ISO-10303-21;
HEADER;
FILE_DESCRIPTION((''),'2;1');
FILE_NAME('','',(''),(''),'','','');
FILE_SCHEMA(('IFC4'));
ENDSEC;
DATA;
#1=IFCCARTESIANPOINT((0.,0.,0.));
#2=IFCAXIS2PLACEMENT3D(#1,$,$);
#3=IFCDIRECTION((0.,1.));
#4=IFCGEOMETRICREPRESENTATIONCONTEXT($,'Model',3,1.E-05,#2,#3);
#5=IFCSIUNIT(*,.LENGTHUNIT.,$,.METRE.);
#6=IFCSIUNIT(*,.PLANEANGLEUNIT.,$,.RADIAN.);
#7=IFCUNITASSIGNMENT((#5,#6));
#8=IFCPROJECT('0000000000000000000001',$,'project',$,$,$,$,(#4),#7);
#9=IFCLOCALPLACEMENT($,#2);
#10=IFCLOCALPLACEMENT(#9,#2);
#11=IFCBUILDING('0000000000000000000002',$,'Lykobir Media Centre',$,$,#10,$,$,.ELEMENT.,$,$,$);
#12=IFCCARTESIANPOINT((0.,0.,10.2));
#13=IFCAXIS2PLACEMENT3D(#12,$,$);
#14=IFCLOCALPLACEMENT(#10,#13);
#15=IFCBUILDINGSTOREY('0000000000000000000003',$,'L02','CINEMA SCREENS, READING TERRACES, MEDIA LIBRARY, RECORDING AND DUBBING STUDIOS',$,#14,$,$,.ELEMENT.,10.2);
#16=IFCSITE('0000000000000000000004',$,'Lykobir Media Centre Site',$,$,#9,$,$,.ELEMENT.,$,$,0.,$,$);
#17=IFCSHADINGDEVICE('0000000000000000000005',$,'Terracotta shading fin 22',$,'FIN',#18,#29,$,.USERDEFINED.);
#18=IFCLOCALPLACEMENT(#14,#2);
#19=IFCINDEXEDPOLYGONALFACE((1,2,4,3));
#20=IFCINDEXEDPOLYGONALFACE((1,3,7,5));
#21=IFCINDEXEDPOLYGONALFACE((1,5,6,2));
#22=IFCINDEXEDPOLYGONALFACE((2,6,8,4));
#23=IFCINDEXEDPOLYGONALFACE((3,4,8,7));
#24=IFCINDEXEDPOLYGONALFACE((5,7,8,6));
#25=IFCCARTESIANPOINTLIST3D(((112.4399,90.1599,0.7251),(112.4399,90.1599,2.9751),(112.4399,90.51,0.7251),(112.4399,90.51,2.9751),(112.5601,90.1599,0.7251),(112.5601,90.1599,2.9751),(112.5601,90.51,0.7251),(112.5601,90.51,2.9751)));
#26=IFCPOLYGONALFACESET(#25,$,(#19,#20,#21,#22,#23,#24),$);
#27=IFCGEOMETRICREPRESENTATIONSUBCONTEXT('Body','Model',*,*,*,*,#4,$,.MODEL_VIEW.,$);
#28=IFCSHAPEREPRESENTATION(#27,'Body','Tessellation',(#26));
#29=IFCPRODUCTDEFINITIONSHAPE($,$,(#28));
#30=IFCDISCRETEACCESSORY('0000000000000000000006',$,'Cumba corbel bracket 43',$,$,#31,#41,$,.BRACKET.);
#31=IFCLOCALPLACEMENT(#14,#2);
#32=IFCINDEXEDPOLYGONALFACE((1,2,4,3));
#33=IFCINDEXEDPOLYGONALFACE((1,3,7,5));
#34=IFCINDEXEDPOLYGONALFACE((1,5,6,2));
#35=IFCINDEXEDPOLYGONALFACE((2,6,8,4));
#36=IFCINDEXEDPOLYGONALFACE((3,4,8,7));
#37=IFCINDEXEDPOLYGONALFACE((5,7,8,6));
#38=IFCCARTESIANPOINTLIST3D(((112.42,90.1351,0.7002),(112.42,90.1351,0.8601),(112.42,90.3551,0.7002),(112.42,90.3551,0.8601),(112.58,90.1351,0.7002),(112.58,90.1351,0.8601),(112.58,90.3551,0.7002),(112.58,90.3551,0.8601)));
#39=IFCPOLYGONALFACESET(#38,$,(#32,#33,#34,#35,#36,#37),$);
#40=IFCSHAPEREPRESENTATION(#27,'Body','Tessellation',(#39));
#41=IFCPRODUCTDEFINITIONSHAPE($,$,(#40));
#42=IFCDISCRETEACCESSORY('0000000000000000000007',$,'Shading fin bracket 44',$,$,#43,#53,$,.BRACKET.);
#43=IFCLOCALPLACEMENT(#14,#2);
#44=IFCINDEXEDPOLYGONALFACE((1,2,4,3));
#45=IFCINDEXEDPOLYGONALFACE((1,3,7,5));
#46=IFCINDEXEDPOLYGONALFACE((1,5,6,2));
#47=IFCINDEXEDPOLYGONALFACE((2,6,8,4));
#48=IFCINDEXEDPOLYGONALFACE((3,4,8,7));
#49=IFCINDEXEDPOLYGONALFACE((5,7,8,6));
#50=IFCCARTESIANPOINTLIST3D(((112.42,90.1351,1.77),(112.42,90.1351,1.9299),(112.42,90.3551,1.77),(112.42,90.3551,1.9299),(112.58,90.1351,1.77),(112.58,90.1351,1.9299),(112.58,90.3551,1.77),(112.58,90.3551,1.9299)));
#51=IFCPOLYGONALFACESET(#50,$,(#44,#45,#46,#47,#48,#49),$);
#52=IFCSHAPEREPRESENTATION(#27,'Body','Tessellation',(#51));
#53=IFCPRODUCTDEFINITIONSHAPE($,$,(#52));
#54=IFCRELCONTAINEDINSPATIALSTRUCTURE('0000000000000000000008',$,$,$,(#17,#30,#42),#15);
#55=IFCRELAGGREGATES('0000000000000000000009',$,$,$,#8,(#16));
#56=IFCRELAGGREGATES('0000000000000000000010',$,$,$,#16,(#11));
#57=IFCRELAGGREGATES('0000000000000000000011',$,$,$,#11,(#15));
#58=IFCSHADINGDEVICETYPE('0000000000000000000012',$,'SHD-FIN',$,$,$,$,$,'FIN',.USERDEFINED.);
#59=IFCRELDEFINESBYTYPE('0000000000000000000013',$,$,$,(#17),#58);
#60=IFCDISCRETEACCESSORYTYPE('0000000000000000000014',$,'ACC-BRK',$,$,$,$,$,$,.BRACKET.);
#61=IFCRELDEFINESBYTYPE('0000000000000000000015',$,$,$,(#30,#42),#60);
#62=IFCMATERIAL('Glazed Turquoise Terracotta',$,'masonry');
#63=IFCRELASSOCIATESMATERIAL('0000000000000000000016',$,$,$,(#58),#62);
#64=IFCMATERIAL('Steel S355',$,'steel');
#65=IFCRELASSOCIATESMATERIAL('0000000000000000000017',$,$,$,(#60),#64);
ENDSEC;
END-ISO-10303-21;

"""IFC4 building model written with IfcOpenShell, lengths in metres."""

from ifc_helpers import new_model, si_unit, direction, frame, origin, origin_2d, place, context, subcontext, project, spatial, rectangle, extrude, material, type_object, element, save


model = new_model("IFC4")

# Units and contexts
model_context = context("Model", 3, precision=1e-05, world=origin(), true_north=direction((0.0, 1.0)))
body_context = subcontext(model_context, "Body", "Model", "MODEL_VIEW")
ifc_project = project(units=[si_unit("LENGTHUNIT", "METRE"), si_unit("PLANEANGLEUNIT", "RADIAN")], contexts=[model_context])

# Site, building, storey
site_placement = place(None, origin())
site = spatial("IfcSite", under=ifc_project, at=site_placement, Name="Lykobir Media Centre Site", CompositionType="ELEMENT", RefElevation=0.0)
building_placement = place(site_placement, origin())
building = spatial("IfcBuilding", under=site, at=building_placement, Name="Lykobir Media Centre", CompositionType="ELEMENT")
storey_placement = place(building_placement, frame((0.0, 0.0, 10.2)))
storey = spatial("IfcBuildingStorey", under=building, at=storey_placement, Name="L02", Description="CINEMA SCREENS, READING TERRACES, MEDIA LIBRARY, RECORDING AND DUBBING STUDIOS", CompositionType="ELEMENT", Elevation=10.2)

# Shared definitions
ifc_material_1 = material(Name="Steel S355", Category="steel")

# Shared definitions
ifc_material_2 = material(Name="Glazed Turquoise Terracotta", Category="masonry")

# Shading device
shading_device_type = type_object("IfcShadingDeviceType", Name="SHD-FIN", ElementType="FIN", PredefinedType="USERDEFINED", material=ifc_material_2)
for number, where, z_axis, x_axis, name in (
    (1, (112.5, 90.335, 0.7251), (0.0, 0.0, 1.0), (-1.0, 0.0, 0.0), "Terracotta shading fin 22"),
):
    element("IfcShadingDevice", number, at=place(storey_placement, frame(where, z_axis=z_axis, x_axis=x_axis)), inside=storey, type_object=shading_device_type, Name=name, ObjectType="FIN", PredefinedType="USERDEFINED", context=body_context, shape_type="SweptSolid", body=[
        extrude(rectangle(XDim=0.1201, YDim=0.3501, at=origin_2d()), origin(), (0.0, 0.0, 1.0), 2.25),
    ])

# Discrete accessories
discrete_accessory_type = type_object("IfcDiscreteAccessoryType", Name="ACC-BRK", PredefinedType="BRACKET", material=ifc_material_1)
for number, where, z_axis, x_axis, name in (
    (2, (112.5, 90.2451, 0.7002), (0.0, 0.0, 1.0), (-1.0, 0.0, 0.0), "Cumba corbel bracket 43"),
    (3, (112.5, 90.2451, 1.77), (0.0, 0.0, 1.0), (-1.0, 0.0, 0.0), "Shading fin bracket 44"),
):
    element("IfcDiscreteAccessory", number, at=place(storey_placement, frame(where, z_axis=z_axis, x_axis=x_axis)), inside=storey, type_object=discrete_accessory_type, Name=name, PredefinedType="BRACKET", context=body_context, shape_type="SweptSolid", body=[
        extrude(rectangle(XDim=0.1599, YDim=0.22, at=origin_2d()), origin(), (0.0, 0.0, 1.0), 0.1599),
    ])

save(model, "model.ifc")
